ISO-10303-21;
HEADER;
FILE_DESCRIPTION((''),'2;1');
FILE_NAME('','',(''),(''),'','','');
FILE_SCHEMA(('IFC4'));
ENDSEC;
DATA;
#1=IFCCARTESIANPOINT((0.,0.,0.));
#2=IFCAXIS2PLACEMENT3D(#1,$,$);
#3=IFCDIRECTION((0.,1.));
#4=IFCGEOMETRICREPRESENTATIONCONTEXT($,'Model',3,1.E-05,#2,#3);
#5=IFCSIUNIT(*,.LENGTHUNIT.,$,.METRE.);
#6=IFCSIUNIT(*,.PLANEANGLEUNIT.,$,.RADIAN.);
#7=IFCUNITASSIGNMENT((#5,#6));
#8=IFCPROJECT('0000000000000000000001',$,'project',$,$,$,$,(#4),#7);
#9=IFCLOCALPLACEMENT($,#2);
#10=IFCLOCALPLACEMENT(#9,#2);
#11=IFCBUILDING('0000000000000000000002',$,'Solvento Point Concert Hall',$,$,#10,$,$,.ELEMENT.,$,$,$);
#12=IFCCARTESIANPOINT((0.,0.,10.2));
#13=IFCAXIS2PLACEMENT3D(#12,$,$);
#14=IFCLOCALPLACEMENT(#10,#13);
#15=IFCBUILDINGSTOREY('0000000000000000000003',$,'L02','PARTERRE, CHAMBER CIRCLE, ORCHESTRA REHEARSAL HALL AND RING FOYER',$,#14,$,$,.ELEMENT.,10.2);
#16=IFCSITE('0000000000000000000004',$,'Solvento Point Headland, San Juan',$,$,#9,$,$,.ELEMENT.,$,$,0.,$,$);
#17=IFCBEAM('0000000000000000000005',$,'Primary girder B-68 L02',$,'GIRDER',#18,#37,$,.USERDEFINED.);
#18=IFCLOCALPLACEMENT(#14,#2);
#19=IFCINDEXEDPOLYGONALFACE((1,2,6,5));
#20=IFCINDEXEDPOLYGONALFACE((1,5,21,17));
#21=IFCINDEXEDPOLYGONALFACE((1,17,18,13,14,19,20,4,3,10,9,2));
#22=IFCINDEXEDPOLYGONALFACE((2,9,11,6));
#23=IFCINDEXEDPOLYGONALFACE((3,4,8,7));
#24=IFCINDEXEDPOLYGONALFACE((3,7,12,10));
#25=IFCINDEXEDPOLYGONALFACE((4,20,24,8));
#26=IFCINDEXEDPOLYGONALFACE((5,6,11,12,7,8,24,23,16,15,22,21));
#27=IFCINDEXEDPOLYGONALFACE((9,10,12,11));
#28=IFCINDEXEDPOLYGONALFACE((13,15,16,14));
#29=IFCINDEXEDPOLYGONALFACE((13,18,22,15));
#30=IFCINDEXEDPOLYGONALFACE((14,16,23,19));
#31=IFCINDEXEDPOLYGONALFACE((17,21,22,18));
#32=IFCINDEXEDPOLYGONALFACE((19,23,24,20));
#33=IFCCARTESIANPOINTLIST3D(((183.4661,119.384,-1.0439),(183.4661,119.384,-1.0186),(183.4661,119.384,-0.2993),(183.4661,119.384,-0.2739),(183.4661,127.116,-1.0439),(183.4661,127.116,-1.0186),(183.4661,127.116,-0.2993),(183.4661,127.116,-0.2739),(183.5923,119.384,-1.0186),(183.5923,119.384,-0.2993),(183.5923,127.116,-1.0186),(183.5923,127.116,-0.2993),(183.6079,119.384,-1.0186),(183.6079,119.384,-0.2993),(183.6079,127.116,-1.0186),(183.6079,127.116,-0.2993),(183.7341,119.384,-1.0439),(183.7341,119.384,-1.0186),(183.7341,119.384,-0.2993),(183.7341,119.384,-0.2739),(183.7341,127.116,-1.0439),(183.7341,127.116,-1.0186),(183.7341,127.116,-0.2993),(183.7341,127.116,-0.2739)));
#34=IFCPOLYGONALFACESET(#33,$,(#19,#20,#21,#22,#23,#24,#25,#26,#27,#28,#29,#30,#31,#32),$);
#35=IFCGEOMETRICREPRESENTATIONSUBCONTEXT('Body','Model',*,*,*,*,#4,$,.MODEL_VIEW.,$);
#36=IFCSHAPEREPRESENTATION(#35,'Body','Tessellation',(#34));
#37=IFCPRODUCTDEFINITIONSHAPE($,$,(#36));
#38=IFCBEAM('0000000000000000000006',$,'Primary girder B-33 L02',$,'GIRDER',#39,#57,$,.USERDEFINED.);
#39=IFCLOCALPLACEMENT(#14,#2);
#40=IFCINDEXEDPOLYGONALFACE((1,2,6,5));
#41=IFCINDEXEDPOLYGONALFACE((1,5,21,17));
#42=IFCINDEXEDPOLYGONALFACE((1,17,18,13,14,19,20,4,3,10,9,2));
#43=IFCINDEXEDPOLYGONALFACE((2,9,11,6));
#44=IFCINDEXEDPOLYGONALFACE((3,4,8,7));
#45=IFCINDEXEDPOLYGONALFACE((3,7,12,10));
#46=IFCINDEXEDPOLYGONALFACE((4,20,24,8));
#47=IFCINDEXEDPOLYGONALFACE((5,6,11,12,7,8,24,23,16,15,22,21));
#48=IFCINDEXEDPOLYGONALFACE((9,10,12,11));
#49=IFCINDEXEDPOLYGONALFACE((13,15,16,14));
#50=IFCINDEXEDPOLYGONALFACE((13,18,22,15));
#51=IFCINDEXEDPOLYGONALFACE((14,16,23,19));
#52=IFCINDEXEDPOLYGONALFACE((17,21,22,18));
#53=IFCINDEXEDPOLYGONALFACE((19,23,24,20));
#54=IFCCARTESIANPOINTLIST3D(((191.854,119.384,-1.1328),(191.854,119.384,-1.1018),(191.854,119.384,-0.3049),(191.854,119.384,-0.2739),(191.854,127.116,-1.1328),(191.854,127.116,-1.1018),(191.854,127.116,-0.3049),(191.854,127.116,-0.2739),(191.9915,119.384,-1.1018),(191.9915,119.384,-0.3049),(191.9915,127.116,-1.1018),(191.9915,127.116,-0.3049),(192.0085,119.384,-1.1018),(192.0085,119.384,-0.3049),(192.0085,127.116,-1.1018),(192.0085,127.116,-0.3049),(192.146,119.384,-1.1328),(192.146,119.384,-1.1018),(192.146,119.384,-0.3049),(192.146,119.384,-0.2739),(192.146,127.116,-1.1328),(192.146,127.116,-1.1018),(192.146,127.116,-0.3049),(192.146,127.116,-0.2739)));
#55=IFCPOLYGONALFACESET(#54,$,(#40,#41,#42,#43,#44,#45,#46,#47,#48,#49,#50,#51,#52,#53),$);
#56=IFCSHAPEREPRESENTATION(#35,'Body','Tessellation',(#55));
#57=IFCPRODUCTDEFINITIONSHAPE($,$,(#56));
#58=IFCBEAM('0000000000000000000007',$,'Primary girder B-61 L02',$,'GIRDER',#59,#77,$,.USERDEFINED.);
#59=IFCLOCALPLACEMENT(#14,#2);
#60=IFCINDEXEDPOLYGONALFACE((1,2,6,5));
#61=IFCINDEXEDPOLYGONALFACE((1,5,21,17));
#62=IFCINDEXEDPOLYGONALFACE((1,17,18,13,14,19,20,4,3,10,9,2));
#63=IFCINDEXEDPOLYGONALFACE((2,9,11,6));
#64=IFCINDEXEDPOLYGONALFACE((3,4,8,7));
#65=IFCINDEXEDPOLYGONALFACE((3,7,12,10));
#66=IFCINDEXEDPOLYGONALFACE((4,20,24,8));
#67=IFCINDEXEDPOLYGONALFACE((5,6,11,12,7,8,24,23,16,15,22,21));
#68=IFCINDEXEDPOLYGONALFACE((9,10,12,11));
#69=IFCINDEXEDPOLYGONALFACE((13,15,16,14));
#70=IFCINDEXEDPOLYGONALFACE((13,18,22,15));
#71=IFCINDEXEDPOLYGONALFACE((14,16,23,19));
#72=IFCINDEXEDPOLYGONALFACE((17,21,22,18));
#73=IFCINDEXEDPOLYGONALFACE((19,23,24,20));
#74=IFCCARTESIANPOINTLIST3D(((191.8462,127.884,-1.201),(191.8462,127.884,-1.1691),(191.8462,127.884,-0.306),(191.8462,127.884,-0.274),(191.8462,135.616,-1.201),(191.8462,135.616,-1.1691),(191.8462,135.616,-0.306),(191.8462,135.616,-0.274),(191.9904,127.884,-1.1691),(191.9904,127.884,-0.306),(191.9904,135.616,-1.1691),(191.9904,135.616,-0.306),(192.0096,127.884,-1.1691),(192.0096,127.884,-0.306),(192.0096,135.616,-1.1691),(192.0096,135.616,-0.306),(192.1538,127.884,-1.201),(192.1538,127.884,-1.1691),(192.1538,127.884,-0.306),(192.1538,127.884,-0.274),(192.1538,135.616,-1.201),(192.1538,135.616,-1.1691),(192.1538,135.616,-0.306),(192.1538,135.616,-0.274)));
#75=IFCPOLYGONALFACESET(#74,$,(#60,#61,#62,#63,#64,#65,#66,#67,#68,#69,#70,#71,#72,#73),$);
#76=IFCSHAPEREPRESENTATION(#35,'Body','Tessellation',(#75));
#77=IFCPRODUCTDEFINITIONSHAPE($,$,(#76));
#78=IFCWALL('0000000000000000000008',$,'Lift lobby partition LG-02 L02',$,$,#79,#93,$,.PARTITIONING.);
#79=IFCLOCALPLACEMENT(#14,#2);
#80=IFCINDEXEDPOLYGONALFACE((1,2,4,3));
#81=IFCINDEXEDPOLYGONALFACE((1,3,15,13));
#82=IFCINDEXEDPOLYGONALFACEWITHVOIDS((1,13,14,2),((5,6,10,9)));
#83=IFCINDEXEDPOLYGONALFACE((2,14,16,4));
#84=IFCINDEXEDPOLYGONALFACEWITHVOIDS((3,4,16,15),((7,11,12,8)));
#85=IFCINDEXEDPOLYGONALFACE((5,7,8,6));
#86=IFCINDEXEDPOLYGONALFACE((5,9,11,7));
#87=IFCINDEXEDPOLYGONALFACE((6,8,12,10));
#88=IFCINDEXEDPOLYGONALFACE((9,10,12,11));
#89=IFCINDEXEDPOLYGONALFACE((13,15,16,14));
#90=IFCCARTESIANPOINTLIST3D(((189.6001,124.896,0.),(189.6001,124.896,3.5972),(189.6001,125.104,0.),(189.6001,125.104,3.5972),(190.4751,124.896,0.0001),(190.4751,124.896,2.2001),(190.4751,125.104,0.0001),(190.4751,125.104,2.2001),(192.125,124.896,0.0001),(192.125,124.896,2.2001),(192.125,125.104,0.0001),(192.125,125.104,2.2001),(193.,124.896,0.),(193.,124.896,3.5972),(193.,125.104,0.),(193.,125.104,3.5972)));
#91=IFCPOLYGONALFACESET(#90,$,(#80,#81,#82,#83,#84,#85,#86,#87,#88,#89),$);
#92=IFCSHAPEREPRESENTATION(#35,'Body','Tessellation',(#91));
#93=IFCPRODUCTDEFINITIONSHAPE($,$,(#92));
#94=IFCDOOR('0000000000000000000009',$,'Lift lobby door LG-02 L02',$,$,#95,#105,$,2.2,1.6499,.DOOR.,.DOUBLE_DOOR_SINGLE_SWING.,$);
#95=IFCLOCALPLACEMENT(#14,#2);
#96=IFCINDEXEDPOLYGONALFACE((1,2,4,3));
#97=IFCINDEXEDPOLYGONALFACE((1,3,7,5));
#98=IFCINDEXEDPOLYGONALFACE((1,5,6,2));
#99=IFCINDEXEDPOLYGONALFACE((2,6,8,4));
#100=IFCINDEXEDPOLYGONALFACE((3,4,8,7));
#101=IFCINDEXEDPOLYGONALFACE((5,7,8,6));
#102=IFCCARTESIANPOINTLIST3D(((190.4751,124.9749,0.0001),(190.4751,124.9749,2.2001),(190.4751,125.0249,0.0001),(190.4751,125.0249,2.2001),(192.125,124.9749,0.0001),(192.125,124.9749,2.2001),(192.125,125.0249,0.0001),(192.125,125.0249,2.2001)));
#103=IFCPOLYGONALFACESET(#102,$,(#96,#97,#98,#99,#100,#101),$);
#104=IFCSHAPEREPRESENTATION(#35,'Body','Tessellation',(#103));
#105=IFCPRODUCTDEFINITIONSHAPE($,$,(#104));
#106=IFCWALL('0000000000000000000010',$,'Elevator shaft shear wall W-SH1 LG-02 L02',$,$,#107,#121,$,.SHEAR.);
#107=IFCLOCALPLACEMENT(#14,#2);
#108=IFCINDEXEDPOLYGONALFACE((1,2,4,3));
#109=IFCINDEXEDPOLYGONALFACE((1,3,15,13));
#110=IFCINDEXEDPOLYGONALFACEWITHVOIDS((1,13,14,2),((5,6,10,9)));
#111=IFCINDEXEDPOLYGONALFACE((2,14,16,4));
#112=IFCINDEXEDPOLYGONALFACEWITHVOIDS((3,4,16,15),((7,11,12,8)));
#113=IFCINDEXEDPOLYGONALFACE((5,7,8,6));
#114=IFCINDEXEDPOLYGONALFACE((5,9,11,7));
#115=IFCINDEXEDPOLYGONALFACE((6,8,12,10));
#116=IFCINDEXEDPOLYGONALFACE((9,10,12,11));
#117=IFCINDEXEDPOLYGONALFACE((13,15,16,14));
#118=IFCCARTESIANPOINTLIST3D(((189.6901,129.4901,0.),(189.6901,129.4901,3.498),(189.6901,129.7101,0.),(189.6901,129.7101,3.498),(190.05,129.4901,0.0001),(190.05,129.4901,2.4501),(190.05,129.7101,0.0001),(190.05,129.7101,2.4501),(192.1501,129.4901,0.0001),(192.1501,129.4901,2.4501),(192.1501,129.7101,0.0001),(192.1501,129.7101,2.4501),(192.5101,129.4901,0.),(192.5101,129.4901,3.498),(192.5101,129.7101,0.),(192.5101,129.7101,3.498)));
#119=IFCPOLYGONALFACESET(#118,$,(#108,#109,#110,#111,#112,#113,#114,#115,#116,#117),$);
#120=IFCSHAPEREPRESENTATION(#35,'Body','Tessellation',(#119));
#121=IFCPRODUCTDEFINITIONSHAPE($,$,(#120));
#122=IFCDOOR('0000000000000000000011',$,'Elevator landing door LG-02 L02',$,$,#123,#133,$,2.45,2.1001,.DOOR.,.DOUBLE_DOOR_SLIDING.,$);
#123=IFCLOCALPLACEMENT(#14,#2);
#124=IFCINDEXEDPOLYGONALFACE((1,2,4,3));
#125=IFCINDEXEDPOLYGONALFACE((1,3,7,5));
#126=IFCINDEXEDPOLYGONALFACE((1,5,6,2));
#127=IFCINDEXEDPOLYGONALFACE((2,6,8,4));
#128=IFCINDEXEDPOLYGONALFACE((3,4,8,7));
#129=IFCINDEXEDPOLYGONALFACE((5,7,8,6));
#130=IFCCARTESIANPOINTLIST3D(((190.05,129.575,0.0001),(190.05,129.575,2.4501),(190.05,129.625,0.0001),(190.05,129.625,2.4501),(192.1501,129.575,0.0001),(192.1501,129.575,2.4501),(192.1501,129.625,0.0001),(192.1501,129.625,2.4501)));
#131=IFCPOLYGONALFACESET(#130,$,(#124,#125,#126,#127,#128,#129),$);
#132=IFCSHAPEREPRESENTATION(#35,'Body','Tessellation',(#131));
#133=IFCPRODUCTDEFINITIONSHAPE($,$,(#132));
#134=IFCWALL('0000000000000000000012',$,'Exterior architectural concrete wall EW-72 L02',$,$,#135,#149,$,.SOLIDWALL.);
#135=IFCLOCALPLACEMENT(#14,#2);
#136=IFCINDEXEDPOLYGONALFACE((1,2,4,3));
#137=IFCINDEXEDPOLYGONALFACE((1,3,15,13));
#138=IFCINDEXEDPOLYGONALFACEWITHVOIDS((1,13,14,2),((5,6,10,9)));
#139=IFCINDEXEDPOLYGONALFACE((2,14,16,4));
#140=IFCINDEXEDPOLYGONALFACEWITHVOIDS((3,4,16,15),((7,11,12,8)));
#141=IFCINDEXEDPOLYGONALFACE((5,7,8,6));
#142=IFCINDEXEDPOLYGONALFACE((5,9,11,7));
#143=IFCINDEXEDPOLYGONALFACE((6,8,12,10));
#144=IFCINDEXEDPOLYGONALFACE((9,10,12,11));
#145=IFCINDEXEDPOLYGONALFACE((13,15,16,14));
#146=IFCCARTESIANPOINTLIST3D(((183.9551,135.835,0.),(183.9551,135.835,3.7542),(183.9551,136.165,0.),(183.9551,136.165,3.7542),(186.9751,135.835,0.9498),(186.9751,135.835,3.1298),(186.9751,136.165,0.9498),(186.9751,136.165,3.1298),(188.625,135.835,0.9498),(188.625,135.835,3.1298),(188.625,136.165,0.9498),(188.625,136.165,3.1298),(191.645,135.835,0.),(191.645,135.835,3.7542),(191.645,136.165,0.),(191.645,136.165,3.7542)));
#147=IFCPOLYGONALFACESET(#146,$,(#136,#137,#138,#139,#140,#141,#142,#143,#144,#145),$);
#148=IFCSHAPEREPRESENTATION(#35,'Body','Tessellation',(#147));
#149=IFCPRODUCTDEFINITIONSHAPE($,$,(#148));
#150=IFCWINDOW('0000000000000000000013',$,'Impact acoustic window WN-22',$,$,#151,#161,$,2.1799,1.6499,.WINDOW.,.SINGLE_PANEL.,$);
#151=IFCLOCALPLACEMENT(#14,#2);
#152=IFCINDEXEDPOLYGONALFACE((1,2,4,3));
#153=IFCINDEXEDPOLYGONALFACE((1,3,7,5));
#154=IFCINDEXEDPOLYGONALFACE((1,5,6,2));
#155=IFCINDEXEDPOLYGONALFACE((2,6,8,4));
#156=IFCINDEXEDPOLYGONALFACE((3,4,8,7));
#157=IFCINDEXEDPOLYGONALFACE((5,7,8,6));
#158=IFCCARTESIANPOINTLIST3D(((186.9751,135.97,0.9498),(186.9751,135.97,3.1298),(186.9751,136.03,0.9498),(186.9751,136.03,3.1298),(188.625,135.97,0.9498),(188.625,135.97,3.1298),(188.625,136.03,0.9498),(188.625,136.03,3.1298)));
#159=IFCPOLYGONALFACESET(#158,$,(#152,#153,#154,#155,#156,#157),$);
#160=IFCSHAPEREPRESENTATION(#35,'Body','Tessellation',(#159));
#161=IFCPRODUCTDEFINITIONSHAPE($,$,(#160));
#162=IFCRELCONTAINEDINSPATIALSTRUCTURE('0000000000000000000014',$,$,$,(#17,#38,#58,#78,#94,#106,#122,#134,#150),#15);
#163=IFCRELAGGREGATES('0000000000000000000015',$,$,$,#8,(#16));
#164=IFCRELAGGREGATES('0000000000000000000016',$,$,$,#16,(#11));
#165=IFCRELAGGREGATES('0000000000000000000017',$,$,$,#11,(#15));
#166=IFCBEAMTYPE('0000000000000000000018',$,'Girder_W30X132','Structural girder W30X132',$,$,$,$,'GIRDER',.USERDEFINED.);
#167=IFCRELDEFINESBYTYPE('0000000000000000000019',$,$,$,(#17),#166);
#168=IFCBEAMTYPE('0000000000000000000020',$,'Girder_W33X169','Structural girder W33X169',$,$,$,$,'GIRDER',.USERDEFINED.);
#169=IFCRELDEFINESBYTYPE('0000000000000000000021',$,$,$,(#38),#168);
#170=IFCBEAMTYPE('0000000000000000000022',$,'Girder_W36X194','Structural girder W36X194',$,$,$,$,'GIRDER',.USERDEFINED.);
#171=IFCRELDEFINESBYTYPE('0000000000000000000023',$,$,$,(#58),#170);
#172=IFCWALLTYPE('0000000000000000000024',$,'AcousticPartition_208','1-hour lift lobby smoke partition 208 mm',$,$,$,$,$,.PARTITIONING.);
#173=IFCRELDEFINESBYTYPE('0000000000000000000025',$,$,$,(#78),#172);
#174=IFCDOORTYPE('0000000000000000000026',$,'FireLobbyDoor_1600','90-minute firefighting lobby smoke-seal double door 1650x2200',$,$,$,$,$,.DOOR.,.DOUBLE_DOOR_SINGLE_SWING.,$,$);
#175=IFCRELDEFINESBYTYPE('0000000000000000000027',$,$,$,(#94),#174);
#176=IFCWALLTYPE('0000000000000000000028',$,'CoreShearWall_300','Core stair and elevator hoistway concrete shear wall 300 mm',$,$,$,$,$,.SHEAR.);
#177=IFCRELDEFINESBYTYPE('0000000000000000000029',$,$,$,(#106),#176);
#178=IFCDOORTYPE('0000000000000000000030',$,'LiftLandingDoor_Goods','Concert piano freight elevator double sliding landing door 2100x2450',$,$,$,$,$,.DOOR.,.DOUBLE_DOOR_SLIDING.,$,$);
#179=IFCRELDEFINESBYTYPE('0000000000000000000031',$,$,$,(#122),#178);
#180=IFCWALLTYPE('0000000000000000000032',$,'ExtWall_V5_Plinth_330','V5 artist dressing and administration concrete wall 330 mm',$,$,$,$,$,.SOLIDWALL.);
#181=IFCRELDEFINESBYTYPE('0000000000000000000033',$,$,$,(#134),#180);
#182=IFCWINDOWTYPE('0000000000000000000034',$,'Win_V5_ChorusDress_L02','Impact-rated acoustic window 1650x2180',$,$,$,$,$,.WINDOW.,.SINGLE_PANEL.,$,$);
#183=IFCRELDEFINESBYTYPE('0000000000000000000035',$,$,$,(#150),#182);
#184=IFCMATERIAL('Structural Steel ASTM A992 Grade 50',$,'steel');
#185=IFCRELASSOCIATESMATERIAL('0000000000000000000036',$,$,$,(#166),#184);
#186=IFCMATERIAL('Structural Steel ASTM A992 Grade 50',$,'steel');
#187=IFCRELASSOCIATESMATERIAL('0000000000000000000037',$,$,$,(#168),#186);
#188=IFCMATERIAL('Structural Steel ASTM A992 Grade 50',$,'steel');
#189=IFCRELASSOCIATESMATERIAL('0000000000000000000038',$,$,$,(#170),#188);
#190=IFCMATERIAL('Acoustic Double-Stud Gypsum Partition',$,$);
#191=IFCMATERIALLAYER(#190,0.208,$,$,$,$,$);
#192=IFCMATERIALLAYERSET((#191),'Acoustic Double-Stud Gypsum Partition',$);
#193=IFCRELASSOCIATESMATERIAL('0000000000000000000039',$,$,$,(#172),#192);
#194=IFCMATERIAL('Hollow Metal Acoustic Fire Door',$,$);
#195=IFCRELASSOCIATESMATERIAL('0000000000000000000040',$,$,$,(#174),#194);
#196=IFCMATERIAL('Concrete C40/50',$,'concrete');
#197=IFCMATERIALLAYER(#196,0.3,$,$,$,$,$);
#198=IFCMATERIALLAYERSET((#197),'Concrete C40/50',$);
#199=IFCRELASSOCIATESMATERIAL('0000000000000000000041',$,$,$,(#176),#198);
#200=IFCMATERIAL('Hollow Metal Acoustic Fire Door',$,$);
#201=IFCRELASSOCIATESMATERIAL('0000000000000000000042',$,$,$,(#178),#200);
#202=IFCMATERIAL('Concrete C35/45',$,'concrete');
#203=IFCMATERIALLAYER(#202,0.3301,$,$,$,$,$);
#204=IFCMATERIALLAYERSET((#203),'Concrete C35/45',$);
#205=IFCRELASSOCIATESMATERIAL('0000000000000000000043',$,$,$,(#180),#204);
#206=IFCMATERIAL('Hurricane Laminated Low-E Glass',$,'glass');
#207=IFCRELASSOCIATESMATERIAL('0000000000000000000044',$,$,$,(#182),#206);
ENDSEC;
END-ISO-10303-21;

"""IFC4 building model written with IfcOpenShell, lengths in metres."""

from ifc_helpers import new_model, si_unit, direction, frame, frame_2d, origin, origin_2d, place, context, subcontext, project, spatial, rectangle, i_section, extrude, material, layer, layer_set, material_profile, profile_set, type_object, element, fill, save


model = new_model("IFC4")

# Units and contexts
model_context = context("Model", 3, precision=1e-05, world=origin(), true_north=direction((0.0, 1.0)))
body_context = subcontext(model_context, "Body", "Model", "MODEL_VIEW")
ifc_project = project(units=[si_unit("LENGTHUNIT", "METRE"), si_unit("PLANEANGLEUNIT", "RADIAN")], contexts=[model_context])

# Site, building, storey
site_placement = place(None, origin())
site = spatial("IfcSite", under=ifc_project, at=site_placement, Name="Solvento Point Headland, San Juan", CompositionType="ELEMENT", RefElevation=0.0)
building_placement = place(site_placement, origin())
building = spatial("IfcBuilding", under=site, at=building_placement, Name="Solvento Point Concert Hall", CompositionType="ELEMENT")
storey_placement = place(building_placement, frame((0.0, 0.0, 10.2)))
storey = spatial("IfcBuildingStorey", under=building, at=storey_placement, Name="L02", Description="PARTERRE, CHAMBER CIRCLE, ORCHESTRA REHEARSAL HALL AND RING FOYER", CompositionType="ELEMENT", Elevation=10.2)

# Beams
ifc_material_1 = material(Name="Structural Steel ASTM A992 Grade 50", Category="steel")
ifc_material_profile_1 = material_profile(ifc_material_1, i_section(OverallWidth=0.2681, OverallDepth=0.77, WebThickness=0.0156, FlangeThickness=0.0254, at=origin_2d()), Name="W30X132")
ifc_profile_set_1 = profile_set([ifc_material_profile_1], Name="Structural Steel ASTM A992 Grade 50")
beam_type_1 = type_object("IfcBeamType", Name="Girder_W30X132", Description="Structural girder W30X132", ElementType="GIRDER", PredefinedType="USERDEFINED", material=ifc_profile_set_1)
beam_1_placement = place(storey_placement, frame((183.6001, 119.384, -0.6589), z_axis=(0.0, 1.0, 0.0), x_axis=(-1.0, 0.0, 0.0)))
element("IfcBeam", 1, at=beam_1_placement, inside=storey, type_object=beam_type_1, Name="Primary girder B-68 L02", ObjectType="GIRDER", PredefinedType="USERDEFINED", context=body_context, shape_type="SweptSolid", body=[
    extrude(i_section(OverallWidth=0.2681, OverallDepth=0.77, WebThickness=0.0156, FlangeThickness=0.0254, at=origin_2d()), origin(), (0.0, 0.0, 1.0), 7.7319),
])
ifc_material_2 = material(Name="Structural Steel ASTM A992 Grade 50", Category="steel")
ifc_material_profile_2 = material_profile(ifc_material_2, i_section(OverallWidth=0.292, OverallDepth=0.8589, WebThickness=0.0171, FlangeThickness=0.031, at=origin_2d()), Name="W33X169")
ifc_profile_set_2 = profile_set([ifc_material_profile_2], Name="Structural Steel ASTM A992 Grade 50")
beam_type_2 = type_object("IfcBeamType", Name="Girder_W33X169", Description="Structural girder W33X169", ElementType="GIRDER", PredefinedType="USERDEFINED", material=ifc_profile_set_2)
beam_2_placement = place(storey_placement, frame((192.0, 119.384, -0.7034), z_axis=(0.0, 1.0, 0.0), x_axis=(-1.0, 0.0, 0.0)))
element("IfcBeam", 2, at=beam_2_placement, inside=storey, type_object=beam_type_2, Name="Primary girder B-33 L02", ObjectType="GIRDER", PredefinedType="USERDEFINED", context=body_context, shape_type="SweptSolid", body=[
    extrude(i_section(OverallWidth=0.292, OverallDepth=0.8589, WebThickness=0.0171, FlangeThickness=0.031, at=origin_2d()), origin(), (0.0, 0.0, 1.0), 7.7319),
])
ifc_material_3 = material(Name="Structural Steel ASTM A992 Grade 50", Category="steel")
ifc_material_profile_3 = material_profile(ifc_material_3, i_section(OverallWidth=0.3076, OverallDepth=0.927, WebThickness=0.0193, FlangeThickness=0.032, at=origin_2d()), Name="W36X194")
ifc_profile_set_3 = profile_set([ifc_material_profile_3], Name="Structural Steel ASTM A992 Grade 50")
beam_type_3 = type_object("IfcBeamType", Name="Girder_W36X194", Description="Structural girder W36X194", ElementType="GIRDER", PredefinedType="USERDEFINED", material=ifc_profile_set_3)
beam_3_placement = place(storey_placement, frame((192.0, 127.884, -0.7375), z_axis=(0.0, 1.0, 0.0), x_axis=(-1.0, 0.0, 0.0)))
element("IfcBeam", 3, at=beam_3_placement, inside=storey, type_object=beam_type_3, Name="Primary girder B-61 L02", ObjectType="GIRDER", PredefinedType="USERDEFINED", context=body_context, shape_type="SweptSolid", body=[
    extrude(i_section(OverallWidth=0.3076, OverallDepth=0.927, WebThickness=0.0193, FlangeThickness=0.032, at=origin_2d()), origin(), (0.0, 0.0, 1.0), 7.7319),
])

# Wall, opening, door
ifc_material_4 = material(Name="Acoustic Double-Stud Gypsum Partition")
ifc_layer_1 = layer(ifc_material_4, 0.208)
ifc_layer_set_1 = layer_set([ifc_layer_1], Name="Acoustic Double-Stud Gypsum Partition")
wall_type_1 = type_object("IfcWallType", Name="AcousticPartition_208", Description="1-hour lift lobby smoke partition 208 mm", PredefinedType="PARTITIONING", material=ifc_layer_set_1)
wall_1_placement = place(storey_placement, frame((189.6001, 125.0, 0.0), z_axis=(0.0, 0.0, 1.0), x_axis=(1.0, 0.0, 0.0)))
wall_1 = element("IfcWall", 4, at=wall_1_placement, inside=storey, type_object=wall_type_1, Name="Lift lobby partition LG-02 L02", PredefinedType="PARTITIONING", context=body_context, shape_type="SweptSolid", body=[
    extrude(rectangle(XDim=3.3999, YDim=0.208, at=frame_2d((1.7, 0.0))), origin(), (0.0, 0.0, 1.0), 3.5972),
])
opening_1_placement = place(wall_1_placement, frame((0.875, 0.0, 0.0)))
opening_1 = element("IfcOpeningElement", 5, at=opening_1_placement, cuts=wall_1, PredefinedType="OPENING", context=body_context, shape_type="SweptSolid", body=[
    extrude(rectangle(XDim=1.6499, YDim=2.2, at=frame_2d((0.825, 1.1001))), frame((0.0, 0.114, 0.0), z_axis=(0.0, -1.0, 0.0), x_axis=(1.0, 0.0, 0.0)), (0.0, 0.0, 1.0), 0.228),
])
ifc_material_5 = material(Name="Hollow Metal Acoustic Fire Door")
door_type_1 = type_object("IfcDoorType", Name="FireLobbyDoor_1600", Description="90-minute firefighting lobby smoke-seal double door 1650x2200", OperationType="DOUBLE_DOOR_SINGLE_SWING", PredefinedType="DOOR", material=ifc_material_5)
door_1_placement = place(opening_1_placement, origin())
door_1 = element("IfcDoor", 6, at=door_1_placement, inside=storey, type_object=door_type_1, Name="Lift lobby door LG-02 L02", OperationType="DOUBLE_DOOR_SINGLE_SWING", OverallHeight=2.2, OverallWidth=1.6499, PredefinedType="DOOR", context=body_context, shape_type="SweptSolid", body=[
    extrude(rectangle(XDim=1.6499, YDim=2.2, at=frame_2d((0.825, 1.1001))), frame((0.0, 0.0249, 0.0), z_axis=(0.0, -1.0, 0.0), x_axis=(1.0, 0.0, 0.0)), (0.0, 0.0, 1.0), 0.05),
])
fill(opening_1, door_1)

# Shared definitions
ifc_material_6 = material(Name="Concrete C40/50", Category="concrete")
ifc_layer_2 = layer(ifc_material_6, 0.3)
ifc_layer_set_2 = layer_set([ifc_layer_2], Name="Concrete C40/50")
wall_type_2 = type_object("IfcWallType", Name="CoreShearWall_300", Description="Core stair and elevator hoistway concrete shear wall 300 mm", PredefinedType="SHEAR", material=ifc_layer_set_2)

# Wall, opening, door
wall_2_placement = place(storey_placement, frame((189.6899, 129.6001, 0.0), z_axis=(0.0, 0.0, 1.0), x_axis=(1.0, 0.0, 0.0)))
wall_2 = element("IfcWall", 7, at=wall_2_placement, inside=storey, type_object=wall_type_2, Name="Elevator shaft shear wall W-SH1 LG-02 L02", PredefinedType="SHEAR", context=body_context, shape_type="SweptSolid", body=[
    extrude(rectangle(XDim=2.8201, YDim=0.22, at=frame_2d((1.4102, 0.0))), origin(), (0.0, 0.0, 1.0), 3.498),
])
opening_2_placement = place(wall_2_placement, frame((0.3601, 0.0, 0.0)))
opening_2 = element("IfcOpeningElement", 8, at=opening_2_placement, cuts=wall_2, PredefinedType="OPENING", context=body_context, shape_type="SweptSolid", body=[
    extrude(rectangle(XDim=2.1001, YDim=2.45, at=frame_2d((1.05, 1.2251))), frame((0.0, 0.1199, 0.0), z_axis=(0.0, -1.0, 0.0), x_axis=(1.0, 0.0, 0.0)), (0.0, 0.0, 1.0), 0.24),
])
ifc_material_7 = material(Name="Hollow Metal Acoustic Fire Door")
door_type_2 = type_object("IfcDoorType", Name="LiftLandingDoor_Goods", Description="Concert piano freight elevator double sliding landing door 2100x2450", OperationType="DOUBLE_DOOR_SLIDING", PredefinedType="DOOR", material=ifc_material_7)
door_2_placement = place(opening_2_placement, origin())
door_2 = element("IfcDoor", 9, at=door_2_placement, inside=storey, type_object=door_type_2, Name="Elevator landing door LG-02 L02", OperationType="DOUBLE_DOOR_SLIDING", OverallHeight=2.45, OverallWidth=2.1001, PredefinedType="DOOR", context=body_context, shape_type="SweptSolid", body=[
    extrude(rectangle(XDim=2.1001, YDim=2.45, at=frame_2d((1.05, 1.2251))), frame((0.0, 0.0249, 0.0), z_axis=(0.0, -1.0, 0.0), x_axis=(1.0, 0.0, 0.0)), (0.0, 0.0, 1.0), 0.05),
])
fill(opening_2, door_2)

# Wall, opening, window
ifc_material_8 = material(Name="Concrete C35/45", Category="concrete")
ifc_layer_3 = layer(ifc_material_8, 0.3301)
ifc_layer_set_3 = layer_set([ifc_layer_3], Name="Concrete C35/45")
wall_type_3 = type_object("IfcWallType", Name="ExtWall_V5_Plinth_330", Description="V5 artist dressing and administration concrete wall 330 mm", PredefinedType="SOLIDWALL", material=ifc_layer_set_3)
wall_3_placement = place(storey_placement, frame((183.9551, 136.0, 0.0), z_axis=(0.0, 0.0, 1.0), x_axis=(1.0, 0.0, 0.0)))
wall_3 = element("IfcWall", 10, at=wall_3_placement, inside=storey, type_object=wall_type_3, Name="Exterior architectural concrete wall EW-72 L02", PredefinedType="SOLIDWALL", context=body_context, shape_type="SweptSolid", body=[
    extrude(rectangle(XDim=7.6899, YDim=0.3301, at=frame_2d((3.845, 0.0))), origin(), (0.0, 0.0, 1.0), 3.7542),
])
opening_3_placement = place(wall_3_placement, frame((3.02, 0.0, 0.95)))
opening_3 = element("IfcOpeningElement", 11, at=opening_3_placement, cuts=wall_3, PredefinedType="OPENING", context=body_context, shape_type="SweptSolid", body=[
    extrude(rectangle(XDim=1.6499, YDim=2.1799, at=frame_2d((0.825, 1.0898))), frame((0.0, 0.175, 0.0), z_axis=(0.0, -1.0, 0.0), x_axis=(1.0, 0.0, 0.0)), (0.0, 0.0, 1.0), 0.3501),
])
ifc_material_9 = material(Name="Hurricane Laminated Low-E Glass", Category="glass")
window_type = type_object("IfcWindowType", Name="Win_V5_ChorusDress_L02", Description="Impact-rated acoustic window 1650x2180", PartitioningType="SINGLE_PANEL", PredefinedType="WINDOW", material=ifc_material_9)
window_1_placement = place(opening_3_placement, origin())
window_1 = element("IfcWindow", 12, at=window_1_placement, inside=storey, type_object=window_type, Name="Impact acoustic window WN-22", OverallHeight=2.1799, OverallWidth=1.6499, PartitioningType="SINGLE_PANEL", PredefinedType="WINDOW", context=body_context, shape_type="SweptSolid", body=[
    extrude(rectangle(XDim=1.6499, YDim=2.1799, at=frame_2d((0.825, 1.0898))), frame((0.0, 0.03, 0.0), z_axis=(0.0, -1.0, 0.0), x_axis=(1.0, 0.0, 0.0)), (0.0, 0.0, 1.0), 0.0601),
])
fill(opening_3, window_1)

save(model, "model.ifc")
